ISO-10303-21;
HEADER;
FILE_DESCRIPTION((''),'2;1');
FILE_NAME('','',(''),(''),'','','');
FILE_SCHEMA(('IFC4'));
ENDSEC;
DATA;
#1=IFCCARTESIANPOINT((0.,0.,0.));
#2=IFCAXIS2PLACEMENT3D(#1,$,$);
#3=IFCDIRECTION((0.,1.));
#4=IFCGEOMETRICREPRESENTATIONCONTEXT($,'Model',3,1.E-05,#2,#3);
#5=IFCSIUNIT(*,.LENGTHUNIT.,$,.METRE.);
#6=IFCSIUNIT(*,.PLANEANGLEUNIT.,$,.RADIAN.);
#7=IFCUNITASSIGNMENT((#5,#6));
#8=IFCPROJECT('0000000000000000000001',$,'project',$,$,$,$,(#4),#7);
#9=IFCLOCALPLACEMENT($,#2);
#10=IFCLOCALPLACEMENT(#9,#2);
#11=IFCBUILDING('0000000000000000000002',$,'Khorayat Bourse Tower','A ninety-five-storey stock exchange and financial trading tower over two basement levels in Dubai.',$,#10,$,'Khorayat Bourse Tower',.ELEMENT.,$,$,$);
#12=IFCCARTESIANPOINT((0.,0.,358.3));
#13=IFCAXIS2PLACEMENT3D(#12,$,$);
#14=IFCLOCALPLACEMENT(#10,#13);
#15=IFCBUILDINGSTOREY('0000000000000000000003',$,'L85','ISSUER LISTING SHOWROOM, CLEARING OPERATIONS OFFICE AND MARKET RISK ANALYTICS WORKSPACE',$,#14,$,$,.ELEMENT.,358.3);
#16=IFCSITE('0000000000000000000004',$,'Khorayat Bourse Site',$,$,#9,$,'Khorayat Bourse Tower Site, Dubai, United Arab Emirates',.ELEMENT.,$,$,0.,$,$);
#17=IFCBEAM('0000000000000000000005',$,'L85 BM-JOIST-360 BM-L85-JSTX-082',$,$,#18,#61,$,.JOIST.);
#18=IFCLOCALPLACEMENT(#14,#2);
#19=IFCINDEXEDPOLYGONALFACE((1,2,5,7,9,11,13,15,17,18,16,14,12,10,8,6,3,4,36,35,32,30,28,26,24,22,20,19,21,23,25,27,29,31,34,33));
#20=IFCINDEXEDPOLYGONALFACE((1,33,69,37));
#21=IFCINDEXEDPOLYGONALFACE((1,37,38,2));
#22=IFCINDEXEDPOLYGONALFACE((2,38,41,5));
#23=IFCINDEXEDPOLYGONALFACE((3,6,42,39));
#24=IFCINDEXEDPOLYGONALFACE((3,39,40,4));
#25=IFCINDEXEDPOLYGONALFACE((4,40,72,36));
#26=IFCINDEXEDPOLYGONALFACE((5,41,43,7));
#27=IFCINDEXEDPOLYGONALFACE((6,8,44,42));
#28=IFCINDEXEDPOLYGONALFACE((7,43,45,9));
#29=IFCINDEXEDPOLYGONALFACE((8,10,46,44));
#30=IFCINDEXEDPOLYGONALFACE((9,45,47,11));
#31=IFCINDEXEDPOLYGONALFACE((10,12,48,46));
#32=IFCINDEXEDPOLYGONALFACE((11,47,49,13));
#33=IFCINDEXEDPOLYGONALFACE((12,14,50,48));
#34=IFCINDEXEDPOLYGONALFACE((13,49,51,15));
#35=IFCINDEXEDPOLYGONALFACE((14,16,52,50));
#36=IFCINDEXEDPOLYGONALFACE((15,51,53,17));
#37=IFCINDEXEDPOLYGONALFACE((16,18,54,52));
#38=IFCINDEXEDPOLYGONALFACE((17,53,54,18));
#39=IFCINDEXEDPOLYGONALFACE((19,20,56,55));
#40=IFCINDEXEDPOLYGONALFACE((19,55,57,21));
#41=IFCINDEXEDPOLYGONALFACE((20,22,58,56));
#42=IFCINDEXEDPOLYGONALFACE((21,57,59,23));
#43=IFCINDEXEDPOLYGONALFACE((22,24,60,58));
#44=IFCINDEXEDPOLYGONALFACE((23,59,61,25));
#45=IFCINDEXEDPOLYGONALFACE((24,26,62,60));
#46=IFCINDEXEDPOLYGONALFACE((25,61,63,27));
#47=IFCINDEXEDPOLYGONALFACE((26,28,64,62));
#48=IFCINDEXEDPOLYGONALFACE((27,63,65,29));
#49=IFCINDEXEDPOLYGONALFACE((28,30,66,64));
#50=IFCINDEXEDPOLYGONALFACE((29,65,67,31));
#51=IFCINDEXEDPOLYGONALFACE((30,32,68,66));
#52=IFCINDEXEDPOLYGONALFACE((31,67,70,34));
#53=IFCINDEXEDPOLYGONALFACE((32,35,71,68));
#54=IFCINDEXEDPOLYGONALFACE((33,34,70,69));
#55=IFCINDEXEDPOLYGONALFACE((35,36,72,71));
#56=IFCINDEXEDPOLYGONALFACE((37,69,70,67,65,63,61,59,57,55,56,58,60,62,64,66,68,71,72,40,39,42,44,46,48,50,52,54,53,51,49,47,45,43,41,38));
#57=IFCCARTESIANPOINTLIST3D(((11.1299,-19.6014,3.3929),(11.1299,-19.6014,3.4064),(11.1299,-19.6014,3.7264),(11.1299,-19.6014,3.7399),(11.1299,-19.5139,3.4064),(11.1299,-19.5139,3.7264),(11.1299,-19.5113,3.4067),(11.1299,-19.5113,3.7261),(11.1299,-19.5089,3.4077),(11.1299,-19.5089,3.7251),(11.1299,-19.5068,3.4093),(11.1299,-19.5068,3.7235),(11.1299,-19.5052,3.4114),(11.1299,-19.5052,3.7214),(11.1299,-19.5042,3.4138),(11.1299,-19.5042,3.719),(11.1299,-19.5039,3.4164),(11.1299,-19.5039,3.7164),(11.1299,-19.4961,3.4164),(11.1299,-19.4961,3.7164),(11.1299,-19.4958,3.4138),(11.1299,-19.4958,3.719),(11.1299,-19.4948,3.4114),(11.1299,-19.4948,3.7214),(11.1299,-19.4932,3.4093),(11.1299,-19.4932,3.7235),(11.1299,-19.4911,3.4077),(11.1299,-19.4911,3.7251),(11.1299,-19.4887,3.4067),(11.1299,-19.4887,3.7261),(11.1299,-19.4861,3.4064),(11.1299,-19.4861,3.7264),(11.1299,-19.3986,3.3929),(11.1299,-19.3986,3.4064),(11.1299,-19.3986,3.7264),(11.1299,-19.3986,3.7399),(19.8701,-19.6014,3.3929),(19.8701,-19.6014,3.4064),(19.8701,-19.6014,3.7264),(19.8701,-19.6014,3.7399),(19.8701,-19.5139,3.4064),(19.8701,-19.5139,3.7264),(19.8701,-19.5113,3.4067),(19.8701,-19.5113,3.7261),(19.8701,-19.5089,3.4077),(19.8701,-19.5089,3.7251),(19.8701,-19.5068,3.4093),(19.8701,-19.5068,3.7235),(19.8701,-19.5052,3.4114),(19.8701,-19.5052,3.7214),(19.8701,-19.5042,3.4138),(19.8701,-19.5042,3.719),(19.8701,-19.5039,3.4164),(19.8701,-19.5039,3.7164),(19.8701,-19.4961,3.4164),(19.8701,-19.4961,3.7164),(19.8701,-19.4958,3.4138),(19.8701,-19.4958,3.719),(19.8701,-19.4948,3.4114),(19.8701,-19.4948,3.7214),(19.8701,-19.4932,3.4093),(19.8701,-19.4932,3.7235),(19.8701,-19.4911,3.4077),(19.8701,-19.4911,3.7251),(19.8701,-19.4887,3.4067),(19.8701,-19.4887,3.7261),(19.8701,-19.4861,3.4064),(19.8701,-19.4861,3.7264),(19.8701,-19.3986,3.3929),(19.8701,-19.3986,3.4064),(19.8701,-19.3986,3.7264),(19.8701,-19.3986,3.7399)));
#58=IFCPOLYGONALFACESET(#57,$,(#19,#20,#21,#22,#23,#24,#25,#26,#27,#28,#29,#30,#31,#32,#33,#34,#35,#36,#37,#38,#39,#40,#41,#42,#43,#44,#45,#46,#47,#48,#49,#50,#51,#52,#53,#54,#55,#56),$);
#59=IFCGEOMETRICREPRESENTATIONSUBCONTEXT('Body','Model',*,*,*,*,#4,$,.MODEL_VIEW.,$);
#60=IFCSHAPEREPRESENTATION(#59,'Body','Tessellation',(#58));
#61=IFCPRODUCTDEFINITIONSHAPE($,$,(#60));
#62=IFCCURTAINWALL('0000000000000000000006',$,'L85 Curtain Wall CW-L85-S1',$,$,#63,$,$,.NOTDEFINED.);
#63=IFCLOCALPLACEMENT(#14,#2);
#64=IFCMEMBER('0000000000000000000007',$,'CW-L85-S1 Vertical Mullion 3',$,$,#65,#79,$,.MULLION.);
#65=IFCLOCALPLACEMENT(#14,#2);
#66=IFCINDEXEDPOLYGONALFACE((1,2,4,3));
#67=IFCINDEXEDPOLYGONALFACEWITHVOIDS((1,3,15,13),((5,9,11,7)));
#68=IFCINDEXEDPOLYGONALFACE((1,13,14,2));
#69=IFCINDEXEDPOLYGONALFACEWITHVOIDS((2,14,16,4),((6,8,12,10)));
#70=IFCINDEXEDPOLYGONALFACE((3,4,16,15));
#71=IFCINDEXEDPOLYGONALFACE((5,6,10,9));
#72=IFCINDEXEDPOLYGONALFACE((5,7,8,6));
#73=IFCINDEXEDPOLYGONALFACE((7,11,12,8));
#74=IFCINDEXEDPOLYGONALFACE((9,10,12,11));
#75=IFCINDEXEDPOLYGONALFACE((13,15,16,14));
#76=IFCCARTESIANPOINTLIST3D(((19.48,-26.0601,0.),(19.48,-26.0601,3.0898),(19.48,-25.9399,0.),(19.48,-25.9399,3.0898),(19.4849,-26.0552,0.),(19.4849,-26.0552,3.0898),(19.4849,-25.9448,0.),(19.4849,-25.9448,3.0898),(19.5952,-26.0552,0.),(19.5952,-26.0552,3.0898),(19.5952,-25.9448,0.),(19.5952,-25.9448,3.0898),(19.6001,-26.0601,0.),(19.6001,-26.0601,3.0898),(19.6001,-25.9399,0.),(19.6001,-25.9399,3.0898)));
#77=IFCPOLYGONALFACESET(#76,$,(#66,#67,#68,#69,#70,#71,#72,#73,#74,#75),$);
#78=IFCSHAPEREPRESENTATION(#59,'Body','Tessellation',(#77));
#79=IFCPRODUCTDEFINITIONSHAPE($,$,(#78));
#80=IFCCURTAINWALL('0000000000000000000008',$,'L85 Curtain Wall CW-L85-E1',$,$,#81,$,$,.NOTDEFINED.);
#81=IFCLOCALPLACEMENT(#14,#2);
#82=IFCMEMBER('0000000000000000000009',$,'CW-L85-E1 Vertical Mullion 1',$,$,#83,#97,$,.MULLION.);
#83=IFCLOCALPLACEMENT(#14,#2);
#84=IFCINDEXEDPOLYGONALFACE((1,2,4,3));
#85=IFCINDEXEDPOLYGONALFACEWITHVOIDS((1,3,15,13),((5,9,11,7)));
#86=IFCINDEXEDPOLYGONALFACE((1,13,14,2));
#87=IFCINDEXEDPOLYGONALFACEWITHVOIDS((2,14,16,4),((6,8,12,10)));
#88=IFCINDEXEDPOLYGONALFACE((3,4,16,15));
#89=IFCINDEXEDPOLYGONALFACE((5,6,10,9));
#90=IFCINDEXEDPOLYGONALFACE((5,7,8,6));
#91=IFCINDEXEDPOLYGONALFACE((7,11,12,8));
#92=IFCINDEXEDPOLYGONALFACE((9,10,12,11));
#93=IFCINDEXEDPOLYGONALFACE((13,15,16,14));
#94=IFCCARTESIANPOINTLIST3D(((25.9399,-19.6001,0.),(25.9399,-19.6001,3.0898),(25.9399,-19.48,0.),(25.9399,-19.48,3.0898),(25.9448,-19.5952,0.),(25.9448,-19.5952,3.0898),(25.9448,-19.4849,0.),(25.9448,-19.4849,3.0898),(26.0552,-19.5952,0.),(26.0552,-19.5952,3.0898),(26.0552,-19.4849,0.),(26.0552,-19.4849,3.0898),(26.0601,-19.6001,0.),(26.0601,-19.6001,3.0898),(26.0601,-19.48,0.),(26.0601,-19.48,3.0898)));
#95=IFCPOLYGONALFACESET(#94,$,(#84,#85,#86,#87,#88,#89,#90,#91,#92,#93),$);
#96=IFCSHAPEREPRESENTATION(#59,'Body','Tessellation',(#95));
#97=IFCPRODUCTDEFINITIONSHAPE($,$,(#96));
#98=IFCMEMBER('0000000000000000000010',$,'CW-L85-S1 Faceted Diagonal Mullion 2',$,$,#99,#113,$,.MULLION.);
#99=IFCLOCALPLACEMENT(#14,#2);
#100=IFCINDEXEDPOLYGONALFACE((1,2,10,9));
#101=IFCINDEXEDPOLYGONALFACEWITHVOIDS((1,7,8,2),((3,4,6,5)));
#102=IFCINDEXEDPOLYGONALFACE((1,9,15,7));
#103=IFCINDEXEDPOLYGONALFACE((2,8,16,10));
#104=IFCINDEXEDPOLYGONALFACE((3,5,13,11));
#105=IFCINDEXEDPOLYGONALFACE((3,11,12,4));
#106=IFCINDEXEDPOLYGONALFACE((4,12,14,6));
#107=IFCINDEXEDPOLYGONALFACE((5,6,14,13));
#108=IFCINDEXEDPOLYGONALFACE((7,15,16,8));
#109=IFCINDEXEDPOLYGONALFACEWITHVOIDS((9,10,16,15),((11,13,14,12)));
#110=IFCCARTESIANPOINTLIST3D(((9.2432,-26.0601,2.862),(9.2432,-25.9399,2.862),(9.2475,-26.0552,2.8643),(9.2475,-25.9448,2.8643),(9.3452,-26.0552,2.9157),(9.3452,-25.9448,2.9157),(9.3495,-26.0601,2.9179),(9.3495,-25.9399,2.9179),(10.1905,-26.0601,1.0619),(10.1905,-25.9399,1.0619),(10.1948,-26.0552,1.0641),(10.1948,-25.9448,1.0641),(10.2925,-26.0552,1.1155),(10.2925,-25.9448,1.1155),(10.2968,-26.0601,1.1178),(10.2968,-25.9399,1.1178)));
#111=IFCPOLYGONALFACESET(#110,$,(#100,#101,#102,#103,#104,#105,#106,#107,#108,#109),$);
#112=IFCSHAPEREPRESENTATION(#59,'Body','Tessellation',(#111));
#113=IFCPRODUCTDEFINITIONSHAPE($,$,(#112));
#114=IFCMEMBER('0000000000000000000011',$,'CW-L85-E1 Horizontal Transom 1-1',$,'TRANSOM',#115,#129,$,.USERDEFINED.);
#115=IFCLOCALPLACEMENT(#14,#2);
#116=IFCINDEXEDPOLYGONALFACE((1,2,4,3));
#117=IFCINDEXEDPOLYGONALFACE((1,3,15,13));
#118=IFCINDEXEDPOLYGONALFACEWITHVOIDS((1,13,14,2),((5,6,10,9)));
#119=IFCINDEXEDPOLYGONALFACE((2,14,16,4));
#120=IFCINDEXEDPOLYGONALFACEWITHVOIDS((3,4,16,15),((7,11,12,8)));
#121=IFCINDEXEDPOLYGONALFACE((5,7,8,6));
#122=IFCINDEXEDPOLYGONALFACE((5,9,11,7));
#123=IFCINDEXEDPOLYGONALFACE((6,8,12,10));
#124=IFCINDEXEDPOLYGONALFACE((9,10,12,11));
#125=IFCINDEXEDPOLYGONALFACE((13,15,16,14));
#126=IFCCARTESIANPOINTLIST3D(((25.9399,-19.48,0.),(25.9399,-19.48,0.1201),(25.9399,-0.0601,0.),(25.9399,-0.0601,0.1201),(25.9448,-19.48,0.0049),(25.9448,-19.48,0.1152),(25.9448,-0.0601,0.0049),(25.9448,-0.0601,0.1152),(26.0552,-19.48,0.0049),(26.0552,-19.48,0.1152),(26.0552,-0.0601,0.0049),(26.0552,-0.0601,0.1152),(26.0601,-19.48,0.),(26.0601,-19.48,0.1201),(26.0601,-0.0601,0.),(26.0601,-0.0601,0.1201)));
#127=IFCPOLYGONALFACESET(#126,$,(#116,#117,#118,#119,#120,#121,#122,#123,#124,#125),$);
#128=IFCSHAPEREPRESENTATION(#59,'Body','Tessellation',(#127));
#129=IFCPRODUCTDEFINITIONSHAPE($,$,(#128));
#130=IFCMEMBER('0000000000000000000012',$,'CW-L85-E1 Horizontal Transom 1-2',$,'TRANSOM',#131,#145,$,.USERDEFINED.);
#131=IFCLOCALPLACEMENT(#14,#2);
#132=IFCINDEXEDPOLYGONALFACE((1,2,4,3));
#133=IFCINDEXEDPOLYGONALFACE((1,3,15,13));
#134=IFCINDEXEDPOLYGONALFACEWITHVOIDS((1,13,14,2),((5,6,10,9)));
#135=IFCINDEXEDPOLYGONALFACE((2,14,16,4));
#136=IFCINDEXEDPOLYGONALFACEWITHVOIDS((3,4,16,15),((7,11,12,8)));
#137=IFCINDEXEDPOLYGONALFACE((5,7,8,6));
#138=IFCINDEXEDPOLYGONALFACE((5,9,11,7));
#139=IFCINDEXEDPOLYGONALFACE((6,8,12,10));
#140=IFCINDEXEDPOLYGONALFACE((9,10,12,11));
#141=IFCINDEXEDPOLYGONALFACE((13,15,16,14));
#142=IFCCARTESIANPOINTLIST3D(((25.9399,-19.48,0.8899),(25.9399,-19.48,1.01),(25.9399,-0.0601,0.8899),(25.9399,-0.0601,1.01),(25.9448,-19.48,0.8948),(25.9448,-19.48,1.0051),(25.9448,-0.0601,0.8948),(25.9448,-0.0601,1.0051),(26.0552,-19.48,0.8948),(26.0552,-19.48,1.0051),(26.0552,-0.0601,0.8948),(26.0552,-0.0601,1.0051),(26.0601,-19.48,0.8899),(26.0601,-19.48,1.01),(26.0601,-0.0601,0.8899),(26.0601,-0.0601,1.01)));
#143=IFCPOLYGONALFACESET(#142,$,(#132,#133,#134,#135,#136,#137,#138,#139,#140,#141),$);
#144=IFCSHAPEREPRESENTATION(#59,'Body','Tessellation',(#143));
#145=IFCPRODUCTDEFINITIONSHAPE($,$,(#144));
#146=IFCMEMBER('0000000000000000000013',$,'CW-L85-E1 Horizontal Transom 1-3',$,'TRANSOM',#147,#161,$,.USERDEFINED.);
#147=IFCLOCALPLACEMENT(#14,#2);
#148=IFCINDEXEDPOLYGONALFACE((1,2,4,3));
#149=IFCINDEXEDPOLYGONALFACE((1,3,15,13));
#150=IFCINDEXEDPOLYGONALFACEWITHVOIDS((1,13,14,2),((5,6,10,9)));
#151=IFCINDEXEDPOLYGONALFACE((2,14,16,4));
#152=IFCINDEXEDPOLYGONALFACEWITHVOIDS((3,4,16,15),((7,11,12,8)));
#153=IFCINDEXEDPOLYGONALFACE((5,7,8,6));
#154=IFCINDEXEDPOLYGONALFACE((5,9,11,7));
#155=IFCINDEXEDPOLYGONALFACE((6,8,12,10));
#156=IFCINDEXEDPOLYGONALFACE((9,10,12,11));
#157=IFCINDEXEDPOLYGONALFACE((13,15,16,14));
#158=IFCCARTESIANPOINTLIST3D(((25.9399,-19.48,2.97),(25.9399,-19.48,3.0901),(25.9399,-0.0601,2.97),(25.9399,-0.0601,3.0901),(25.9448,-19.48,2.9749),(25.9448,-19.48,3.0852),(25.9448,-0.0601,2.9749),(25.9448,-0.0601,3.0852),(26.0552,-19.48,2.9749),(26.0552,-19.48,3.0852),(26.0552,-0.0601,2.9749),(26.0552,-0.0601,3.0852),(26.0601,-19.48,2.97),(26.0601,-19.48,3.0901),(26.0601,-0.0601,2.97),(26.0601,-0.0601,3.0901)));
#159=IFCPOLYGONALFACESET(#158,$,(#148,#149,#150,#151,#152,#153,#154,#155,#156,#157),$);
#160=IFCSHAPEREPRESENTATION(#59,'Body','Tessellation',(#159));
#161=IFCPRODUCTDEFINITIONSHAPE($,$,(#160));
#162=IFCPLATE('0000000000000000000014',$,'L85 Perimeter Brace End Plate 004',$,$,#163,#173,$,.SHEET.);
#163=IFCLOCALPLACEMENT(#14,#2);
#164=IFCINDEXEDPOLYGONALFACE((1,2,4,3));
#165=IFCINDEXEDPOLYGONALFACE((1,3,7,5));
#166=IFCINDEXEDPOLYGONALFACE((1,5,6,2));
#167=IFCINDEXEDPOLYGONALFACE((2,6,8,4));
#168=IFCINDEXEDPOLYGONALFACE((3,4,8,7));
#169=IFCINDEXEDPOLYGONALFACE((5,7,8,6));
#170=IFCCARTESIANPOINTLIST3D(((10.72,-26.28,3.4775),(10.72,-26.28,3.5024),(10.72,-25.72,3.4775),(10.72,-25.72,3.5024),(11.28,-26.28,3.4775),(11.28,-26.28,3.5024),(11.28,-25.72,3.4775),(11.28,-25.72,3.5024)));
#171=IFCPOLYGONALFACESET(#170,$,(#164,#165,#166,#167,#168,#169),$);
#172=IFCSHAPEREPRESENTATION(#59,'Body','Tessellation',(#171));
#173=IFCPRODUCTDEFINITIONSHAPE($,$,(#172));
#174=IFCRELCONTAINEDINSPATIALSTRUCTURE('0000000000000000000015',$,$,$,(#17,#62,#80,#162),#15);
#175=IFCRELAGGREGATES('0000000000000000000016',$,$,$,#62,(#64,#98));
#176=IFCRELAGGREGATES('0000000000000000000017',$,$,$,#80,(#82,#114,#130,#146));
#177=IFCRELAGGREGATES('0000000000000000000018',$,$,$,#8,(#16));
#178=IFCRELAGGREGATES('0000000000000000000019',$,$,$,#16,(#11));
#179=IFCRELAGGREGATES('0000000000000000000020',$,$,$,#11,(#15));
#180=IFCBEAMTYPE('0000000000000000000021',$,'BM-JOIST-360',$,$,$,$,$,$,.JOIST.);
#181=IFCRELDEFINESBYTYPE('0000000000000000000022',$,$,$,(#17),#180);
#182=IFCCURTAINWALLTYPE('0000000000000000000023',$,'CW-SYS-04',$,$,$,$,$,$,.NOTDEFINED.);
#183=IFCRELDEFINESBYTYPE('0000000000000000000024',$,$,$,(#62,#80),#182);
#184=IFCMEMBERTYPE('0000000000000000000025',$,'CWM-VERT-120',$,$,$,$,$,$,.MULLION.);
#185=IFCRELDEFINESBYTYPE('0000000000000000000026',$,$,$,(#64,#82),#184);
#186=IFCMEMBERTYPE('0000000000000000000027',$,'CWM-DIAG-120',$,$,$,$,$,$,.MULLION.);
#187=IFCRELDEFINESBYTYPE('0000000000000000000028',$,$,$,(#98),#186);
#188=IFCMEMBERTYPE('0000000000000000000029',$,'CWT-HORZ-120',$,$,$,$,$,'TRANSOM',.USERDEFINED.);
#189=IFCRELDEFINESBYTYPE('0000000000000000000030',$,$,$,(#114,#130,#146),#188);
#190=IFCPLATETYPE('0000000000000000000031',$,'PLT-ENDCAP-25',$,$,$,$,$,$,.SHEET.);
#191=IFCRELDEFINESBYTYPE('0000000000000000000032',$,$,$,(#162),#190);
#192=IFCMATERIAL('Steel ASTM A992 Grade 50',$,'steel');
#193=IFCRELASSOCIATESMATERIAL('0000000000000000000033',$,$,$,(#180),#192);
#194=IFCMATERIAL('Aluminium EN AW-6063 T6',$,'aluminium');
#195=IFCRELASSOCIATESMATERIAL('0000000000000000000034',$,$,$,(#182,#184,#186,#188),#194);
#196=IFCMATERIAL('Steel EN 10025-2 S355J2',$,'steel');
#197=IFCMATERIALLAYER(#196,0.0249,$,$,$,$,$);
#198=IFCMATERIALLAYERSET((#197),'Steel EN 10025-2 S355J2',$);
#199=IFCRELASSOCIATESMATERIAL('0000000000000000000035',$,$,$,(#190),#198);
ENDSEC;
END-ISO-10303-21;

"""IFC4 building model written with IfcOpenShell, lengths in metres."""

from ifc_helpers import new_model, si_unit, direction, frame, origin, origin_2d, place, context, subcontext, project, spatial, rectangle, hollow_rectangle, i_section, extrude, source, transform, mapped, material, layer, layer_set, material_profile, profile_set, type_object, element, aggregate, save


model = new_model("IFC4")

# Units and contexts
model_context = context("Model", 3, precision=1e-05, world=origin(), true_north=direction((0.0, 1.0)))
body_context = subcontext(model_context, "Body", "Model", "MODEL_VIEW")
ifc_project = project(units=[si_unit("LENGTHUNIT", "METRE"), si_unit("PLANEANGLEUNIT", "RADIAN")], contexts=[model_context])

# Site, building, storey
site_placement = place(None, origin())
site = spatial("IfcSite", under=ifc_project, at=site_placement, Name="Khorayat Bourse Site", LongName="Khorayat Bourse Tower Site, Dubai, United Arab Emirates", CompositionType="ELEMENT", RefElevation=0.0)
building_placement = place(site_placement, origin())
building = spatial("IfcBuilding", under=site, at=building_placement, Name="Khorayat Bourse Tower", Description="A ninety-five-storey stock exchange and financial trading tower over two basement levels in Dubai.", LongName="Khorayat Bourse Tower", CompositionType="ELEMENT")
storey_placement = place(building_placement, frame((0.0, 0.0, 358.3)))
storey = spatial("IfcBuildingStorey", under=building, at=storey_placement, Name="L85", Description="ISSUER LISTING SHOWROOM, CLEARING OPERATIONS OFFICE AND MARKET RISK ANALYTICS WORKSPACE", CompositionType="ELEMENT", Elevation=358.3)

# Shared definitions
ifc_material_1 = material(Name="Steel EN 10025-2 S355J2", Category="steel")

# Beam
ifc_material_2 = material(Name="Steel ASTM A992 Grade 50", Category="steel")
ifc_material_profile_1 = material_profile(ifc_material_2, i_section(OverallWidth=0.2029, OverallDepth=0.3469, WebThickness=0.0078, FlangeThickness=0.0134, FilletRadius=0.01, at=origin_2d()), Name="W360X64")
ifc_profile_set_1 = profile_set([ifc_material_profile_1], Name="Steel ASTM A992 Grade 50")
beam_type_1 = type_object("IfcBeamType", Name="BM-JOIST-360", PredefinedType="JOIST", material=ifc_profile_set_1)
shared_shape_1 = source(origin(), body_context, "Body", "SweptSolid", [
    extrude(i_section(OverallWidth=0.2029, OverallDepth=0.3469, WebThickness=0.0078, FlangeThickness=0.0134, FilletRadius=0.01, at=origin_2d()), origin(), (0.0, 0.0, 1.0), 8.7402),
])
beam_1_placement = place(storey_placement, frame((11.1299, -19.5, 3.5664), z_axis=(1.0, 0.0, 0.0), x_axis=(0.0, 1.0, 0.0)))
element("IfcBeam", 1, at=beam_1_placement, inside=storey, type_object=beam_type_1, Name="L85 BM-JOIST-360 BM-L85-JSTX-082", PredefinedType="JOIST", context=body_context, shape_type="MappedRepresentation", body=[
    mapped(shared_shape_1, transform((0.0, 0.0, 0.0), scale=1.0)),
])

# Curtain walls, members
ifc_material_3 = material(Name="Aluminium EN AW-6063 T6", Category="aluminium")
curtain_wall_type = type_object("IfcCurtainWallType", Name="CW-SYS-04", PredefinedType="NOTDEFINED", material=ifc_material_3)
curtain_wall_1_placement = place(storey_placement, origin())
curtain_wall_1 = element("IfcCurtainWall", 2, at=curtain_wall_1_placement, inside=storey, type_object=curtain_wall_type, Name="L85 Curtain Wall CW-L85-S1", PredefinedType="NOTDEFINED")
ifc_material_profile_2 = material_profile(ifc_material_3, hollow_rectangle(XDim=0.1201, YDim=0.1201, WallThickness=0.0049, at=origin_2d()), Name="ALU 120x120x5")
ifc_profile_set_2 = profile_set([ifc_material_profile_2], Name="Aluminium EN AW-6063 T6")
member_type_1 = type_object("IfcMemberType", Name="CWM-VERT-120", PredefinedType="MULLION", material=ifc_profile_set_2)
shared_shape_2 = source(origin(), body_context, "Body", "SweptSolid", [
    extrude(hollow_rectangle(XDim=0.1201, YDim=0.1201, WallThickness=0.0049, at=origin_2d()), origin(), (0.0, 0.0, 1.0), 3.0898),
])
member_1_placement = place(storey_placement, frame((19.54, -26.0, 0.0), z_axis=(0.0, 0.0, 1.0), x_axis=(0.0, 1.0, 0.0)))
member_1 = element("IfcMember", 3, at=member_1_placement, type_object=member_type_1, Name="CW-L85-S1 Vertical Mullion 3", PredefinedType="MULLION", context=body_context, shape_type="MappedRepresentation", body=[
    mapped(shared_shape_2, transform((0.0, 0.0, 0.0), scale=1.0)),
])
curtain_wall_2_placement = place(storey_placement, origin())
curtain_wall_2 = element("IfcCurtainWall", 4, at=curtain_wall_2_placement, inside=storey, type_object=curtain_wall_type, Name="L85 Curtain Wall CW-L85-E1", PredefinedType="NOTDEFINED")
member_2_placement = place(storey_placement, frame((26.0, -19.54, 0.0), z_axis=(0.0, 0.0, 1.0), x_axis=(-1.0, 0.0, 0.0)))
member_2 = element("IfcMember", 5, at=member_2_placement, type_object=member_type_1, Name="CW-L85-E1 Vertical Mullion 1", PredefinedType="MULLION", context=body_context, shape_type="MappedRepresentation", body=[
    mapped(shared_shape_2, transform((0.0, 0.0, 0.0), scale=1.0)),
])

# Members
ifc_material_profile_3 = material_profile(ifc_material_3, hollow_rectangle(XDim=0.1201, YDim=0.1201, WallThickness=0.0049, at=origin_2d()), Name="ALU 120x120x5")
ifc_profile_set_3 = profile_set([ifc_material_profile_3], Name="Aluminium EN AW-6063 T6")
member_type_2 = type_object("IfcMemberType", Name="CWM-DIAG-120", PredefinedType="MULLION", material=ifc_profile_set_3)
shared_shape_3 = source(origin(), body_context, "Body", "SweptSolid", [
    extrude(hollow_rectangle(XDim=0.1201, YDim=0.1201, WallThickness=0.0049, at=origin_2d()), origin(), (0.0, 0.0, 1.0), 2.0342),
])
member_3_placement = place(storey_placement, frame((10.2437, -26.0, 1.0898), z_axis=(-0.465697, 0.0, 0.884944), x_axis=(0.0, -1.0, 0.0)))
member_3 = element("IfcMember", 6, at=member_3_placement, type_object=member_type_2, Name="CW-L85-S1 Faceted Diagonal Mullion 2", PredefinedType="MULLION", context=body_context, shape_type="MappedRepresentation", body=[
    mapped(shared_shape_3, transform((0.0, 0.0, 0.0), scale=1.0)),
])
aggregate(curtain_wall_1, [member_1, member_3])
ifc_material_profile_4 = material_profile(ifc_material_3, hollow_rectangle(XDim=0.1201, YDim=0.1201, WallThickness=0.0049, at=origin_2d()), Name="ALU 120x120x5")
ifc_profile_set_4 = profile_set([ifc_material_profile_4], Name="Aluminium EN AW-6063 T6")
member_type_3 = type_object("IfcMemberType", Name="CWT-HORZ-120", ElementType="TRANSOM", PredefinedType="USERDEFINED", material=ifc_profile_set_4)
shared_shape_4 = source(origin(), body_context, "Body", "SweptSolid", [
    extrude(hollow_rectangle(XDim=0.1201, YDim=0.1201, WallThickness=0.0049, at=origin_2d()), origin(), (0.0, 0.0, 1.0), 19.4199),
])
member_4_placement = place(storey_placement, frame((26.0, -19.48, 0.0601), z_axis=(0.0, 1.0, 0.0), x_axis=(-1.0, 0.0, 0.0)))
member_4 = element("IfcMember", 7, at=member_4_placement, type_object=member_type_3, Name="CW-L85-E1 Horizontal Transom 1-1", ObjectType="TRANSOM", PredefinedType="USERDEFINED", context=body_context, shape_type="MappedRepresentation", body=[
    mapped(shared_shape_4, transform((0.0, 0.0, 0.0), scale=1.0)),
])
member_5_placement = place(storey_placement, frame((26.0, -19.48, 0.95), z_axis=(0.0, 1.0, 0.0), x_axis=(-1.0, 0.0, 0.0)))
member_5 = element("IfcMember", 8, at=member_5_placement, type_object=member_type_3, Name="CW-L85-E1 Horizontal Transom 1-2", ObjectType="TRANSOM", PredefinedType="USERDEFINED", context=body_context, shape_type="MappedRepresentation", body=[
    mapped(shared_shape_4, transform((0.0, 0.0, 0.0), scale=1.0)),
])
member_6_placement = place(storey_placement, frame((26.0, -19.48, 3.03), z_axis=(0.0, 1.0, 0.0), x_axis=(-1.0, 0.0, 0.0)))
member_6 = element("IfcMember", 9, at=member_6_placement, type_object=member_type_3, Name="CW-L85-E1 Horizontal Transom 1-3", ObjectType="TRANSOM", PredefinedType="USERDEFINED", context=body_context, shape_type="MappedRepresentation", body=[
    mapped(shared_shape_4, transform((0.0, 0.0, 0.0), scale=1.0)),
])
aggregate(curtain_wall_2, [member_2, member_4, member_5, member_6])

# Plate
ifc_layer_1 = layer(ifc_material_1, 0.0249)
ifc_layer_set_1 = layer_set([ifc_layer_1], Name="Steel EN 10025-2 S355J2")
plate_type = type_object("IfcPlateType", Name="PLT-ENDCAP-25", PredefinedType="SHEET", material=ifc_layer_set_1)
shared_shape_5 = source(origin(), body_context, "Body", "SweptSolid", [
    extrude(rectangle(XDim=0.5601, YDim=0.5601, at=origin_2d()), origin(), (0.0, 0.0, 1.0), 0.0249),
])
plate_placement = place(storey_placement, frame((11.0, -26.0, 3.4775), z_axis=(0.0, 0.0, 1.0), x_axis=(1.0, 0.0, 0.0)))
element("IfcPlate", 10, at=plate_placement, inside=storey, type_object=plate_type, Name="L85 Perimeter Brace End Plate 004", PredefinedType="SHEET", context=body_context, shape_type="MappedRepresentation", body=[
    mapped(shared_shape_5, transform((0.0, 0.0, 0.0), scale=1.0)),
])

save(model, "model.ifc")
